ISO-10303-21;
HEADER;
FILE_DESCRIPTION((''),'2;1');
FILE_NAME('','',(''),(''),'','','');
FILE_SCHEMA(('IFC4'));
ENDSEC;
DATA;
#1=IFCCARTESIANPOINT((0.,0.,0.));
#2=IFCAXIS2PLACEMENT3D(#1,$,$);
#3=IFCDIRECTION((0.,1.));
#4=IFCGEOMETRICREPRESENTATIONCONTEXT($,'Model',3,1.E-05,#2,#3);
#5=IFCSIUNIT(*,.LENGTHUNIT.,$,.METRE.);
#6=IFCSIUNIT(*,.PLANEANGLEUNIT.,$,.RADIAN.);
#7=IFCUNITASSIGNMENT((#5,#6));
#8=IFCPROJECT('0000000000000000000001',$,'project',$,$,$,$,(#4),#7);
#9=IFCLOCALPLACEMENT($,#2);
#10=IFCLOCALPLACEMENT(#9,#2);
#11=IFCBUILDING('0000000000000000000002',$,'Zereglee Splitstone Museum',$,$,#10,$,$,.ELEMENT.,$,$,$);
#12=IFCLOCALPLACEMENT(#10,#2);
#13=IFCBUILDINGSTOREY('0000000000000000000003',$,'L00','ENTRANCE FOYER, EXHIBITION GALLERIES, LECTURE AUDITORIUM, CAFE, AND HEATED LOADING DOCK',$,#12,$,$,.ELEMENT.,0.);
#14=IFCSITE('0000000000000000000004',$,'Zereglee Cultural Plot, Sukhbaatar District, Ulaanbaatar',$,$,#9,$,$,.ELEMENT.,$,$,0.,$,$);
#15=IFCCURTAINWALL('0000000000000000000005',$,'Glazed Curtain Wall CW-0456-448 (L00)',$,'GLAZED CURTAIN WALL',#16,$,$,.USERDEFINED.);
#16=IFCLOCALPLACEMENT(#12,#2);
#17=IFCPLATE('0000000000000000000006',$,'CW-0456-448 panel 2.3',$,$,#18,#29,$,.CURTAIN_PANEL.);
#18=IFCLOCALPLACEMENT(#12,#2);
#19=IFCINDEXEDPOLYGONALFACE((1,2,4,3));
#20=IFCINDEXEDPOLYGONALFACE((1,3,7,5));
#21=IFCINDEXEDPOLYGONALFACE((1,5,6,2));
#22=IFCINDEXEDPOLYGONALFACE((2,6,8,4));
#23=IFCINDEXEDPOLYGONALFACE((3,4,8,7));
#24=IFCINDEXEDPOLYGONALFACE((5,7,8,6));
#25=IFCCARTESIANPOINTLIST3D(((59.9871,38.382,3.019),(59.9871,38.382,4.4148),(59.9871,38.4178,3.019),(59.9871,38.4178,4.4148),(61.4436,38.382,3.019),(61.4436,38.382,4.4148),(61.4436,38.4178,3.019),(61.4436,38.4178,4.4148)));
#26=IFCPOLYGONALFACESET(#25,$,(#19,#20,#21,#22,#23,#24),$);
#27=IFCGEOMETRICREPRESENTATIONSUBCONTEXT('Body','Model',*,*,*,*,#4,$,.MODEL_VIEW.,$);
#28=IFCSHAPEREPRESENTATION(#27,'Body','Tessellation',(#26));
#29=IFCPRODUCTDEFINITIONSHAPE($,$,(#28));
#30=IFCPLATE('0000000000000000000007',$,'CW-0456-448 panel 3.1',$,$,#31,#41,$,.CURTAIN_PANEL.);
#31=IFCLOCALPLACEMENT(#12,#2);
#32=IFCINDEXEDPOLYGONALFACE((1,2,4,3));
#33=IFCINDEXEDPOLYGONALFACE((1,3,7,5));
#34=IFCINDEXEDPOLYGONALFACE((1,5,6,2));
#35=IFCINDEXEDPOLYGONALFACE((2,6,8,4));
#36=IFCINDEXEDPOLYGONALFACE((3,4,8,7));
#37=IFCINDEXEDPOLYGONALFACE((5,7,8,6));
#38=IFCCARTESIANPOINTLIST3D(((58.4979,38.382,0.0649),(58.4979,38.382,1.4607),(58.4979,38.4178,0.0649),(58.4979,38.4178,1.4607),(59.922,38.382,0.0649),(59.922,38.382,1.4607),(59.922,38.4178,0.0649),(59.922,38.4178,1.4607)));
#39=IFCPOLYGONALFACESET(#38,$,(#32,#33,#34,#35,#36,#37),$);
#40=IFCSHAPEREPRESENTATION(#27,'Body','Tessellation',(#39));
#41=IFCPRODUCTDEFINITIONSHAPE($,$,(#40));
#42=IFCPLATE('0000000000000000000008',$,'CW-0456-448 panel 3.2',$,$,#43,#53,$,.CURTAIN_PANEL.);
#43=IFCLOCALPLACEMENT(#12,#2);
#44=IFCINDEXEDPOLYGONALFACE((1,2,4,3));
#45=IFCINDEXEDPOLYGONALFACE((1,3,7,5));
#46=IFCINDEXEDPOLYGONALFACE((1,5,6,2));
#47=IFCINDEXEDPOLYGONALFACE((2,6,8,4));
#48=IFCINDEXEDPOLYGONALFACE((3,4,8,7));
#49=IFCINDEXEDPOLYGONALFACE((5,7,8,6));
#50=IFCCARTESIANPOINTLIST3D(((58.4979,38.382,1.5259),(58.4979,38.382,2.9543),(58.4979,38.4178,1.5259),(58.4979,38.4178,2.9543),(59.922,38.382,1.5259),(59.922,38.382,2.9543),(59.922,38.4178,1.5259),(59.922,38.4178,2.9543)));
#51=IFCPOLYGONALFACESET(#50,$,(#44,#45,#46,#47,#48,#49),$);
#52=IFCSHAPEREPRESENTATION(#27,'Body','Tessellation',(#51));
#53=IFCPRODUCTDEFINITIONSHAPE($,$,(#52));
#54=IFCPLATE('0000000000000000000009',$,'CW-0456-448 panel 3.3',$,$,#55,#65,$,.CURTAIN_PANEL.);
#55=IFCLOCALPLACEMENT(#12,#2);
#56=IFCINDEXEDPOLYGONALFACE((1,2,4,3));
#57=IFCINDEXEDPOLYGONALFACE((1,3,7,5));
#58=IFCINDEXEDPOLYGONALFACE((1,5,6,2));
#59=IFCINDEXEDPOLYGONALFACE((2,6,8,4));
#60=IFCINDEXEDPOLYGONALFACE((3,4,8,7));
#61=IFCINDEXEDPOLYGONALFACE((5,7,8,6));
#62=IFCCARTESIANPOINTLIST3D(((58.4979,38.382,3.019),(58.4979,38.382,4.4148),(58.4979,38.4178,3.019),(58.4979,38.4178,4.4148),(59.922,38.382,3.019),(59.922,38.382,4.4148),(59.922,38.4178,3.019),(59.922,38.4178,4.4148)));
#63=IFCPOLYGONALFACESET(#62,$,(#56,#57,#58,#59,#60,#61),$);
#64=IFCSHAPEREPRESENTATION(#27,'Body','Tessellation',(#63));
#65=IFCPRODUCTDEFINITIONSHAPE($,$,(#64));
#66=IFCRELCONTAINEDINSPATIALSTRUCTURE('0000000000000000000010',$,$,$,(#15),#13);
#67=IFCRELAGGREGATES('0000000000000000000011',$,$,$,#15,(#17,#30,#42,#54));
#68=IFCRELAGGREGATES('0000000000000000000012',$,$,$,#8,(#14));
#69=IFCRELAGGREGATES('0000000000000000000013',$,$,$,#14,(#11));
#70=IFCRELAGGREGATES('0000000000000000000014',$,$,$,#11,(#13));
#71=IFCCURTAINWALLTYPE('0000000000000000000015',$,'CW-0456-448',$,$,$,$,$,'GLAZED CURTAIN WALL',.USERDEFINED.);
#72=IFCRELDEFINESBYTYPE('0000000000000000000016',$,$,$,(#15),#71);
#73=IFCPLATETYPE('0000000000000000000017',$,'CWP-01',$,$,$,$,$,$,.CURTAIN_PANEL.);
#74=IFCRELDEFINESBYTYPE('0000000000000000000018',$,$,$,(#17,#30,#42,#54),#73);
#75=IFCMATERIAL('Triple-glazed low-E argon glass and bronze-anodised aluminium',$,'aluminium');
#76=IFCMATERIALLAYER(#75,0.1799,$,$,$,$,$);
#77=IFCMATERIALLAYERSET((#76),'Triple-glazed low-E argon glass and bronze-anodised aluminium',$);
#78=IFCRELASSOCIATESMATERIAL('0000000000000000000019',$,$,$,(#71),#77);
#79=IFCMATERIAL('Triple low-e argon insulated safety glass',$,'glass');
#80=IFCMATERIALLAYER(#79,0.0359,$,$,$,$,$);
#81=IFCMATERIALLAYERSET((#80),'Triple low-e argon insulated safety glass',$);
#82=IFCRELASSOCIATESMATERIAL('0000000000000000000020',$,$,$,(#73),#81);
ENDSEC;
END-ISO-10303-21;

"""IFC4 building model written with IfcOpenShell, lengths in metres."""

from ifc_helpers import new_model, si_unit, direction, frame, origin, origin_2d, place, context, subcontext, project, spatial, rectangle, extrude, material, layer, layer_set, type_object, element, aggregate, save


model = new_model("IFC4")

# Units and contexts
model_context = context("Model", 3, precision=1e-05, world=origin(), true_north=direction((0.0, 1.0)))
body_context = subcontext(model_context, "Body", "Model", "MODEL_VIEW")
ifc_project = project(units=[si_unit("LENGTHUNIT", "METRE"), si_unit("PLANEANGLEUNIT", "RADIAN")], contexts=[model_context])

# Site, building, storey
site_placement = place(None, origin())
site = spatial("IfcSite", under=ifc_project, at=site_placement, Name="Zereglee Cultural Plot, Sukhbaatar District, Ulaanbaatar", CompositionType="ELEMENT", RefElevation=0.0)
building_placement = place(site_placement, origin())
building = spatial("IfcBuilding", under=site, at=building_placement, Name="Zereglee Splitstone Museum", CompositionType="ELEMENT")
storey_placement = place(building_placement, origin())
storey = spatial("IfcBuildingStorey", under=building, at=storey_placement, Name="L00", Description="ENTRANCE FOYER, EXHIBITION GALLERIES, LECTURE AUDITORIUM, CAFE, AND HEATED LOADING DOCK", CompositionType="ELEMENT", Elevation=0.0)

# Curtain wall
ifc_material_1 = material(Name="Triple-glazed low-E argon glass and bronze-anodised aluminium", Category="aluminium")
ifc_layer_1 = layer(ifc_material_1, 0.1799)
ifc_layer_set_1 = layer_set([ifc_layer_1], Name="Triple-glazed low-E argon glass and bronze-anodised aluminium")
curtain_wall_type_1 = type_object("IfcCurtainWallType", Name="CW-0456-448", ElementType="GLAZED CURTAIN WALL", PredefinedType="USERDEFINED", material=ifc_layer_set_1)
curtain_wall_1_placement = place(storey_placement, origin())
curtain_wall_1 = element("IfcCurtainWall", 1, at=curtain_wall_1_placement, inside=storey, type_object=curtain_wall_type_1, Name="Glazed Curtain Wall CW-0456-448 (L00)", ObjectType="GLAZED CURTAIN WALL", PredefinedType="USERDEFINED")

# Plates
ifc_material_2 = material(Name="Triple low-e argon insulated safety glass", Category="glass")
ifc_layer_2 = layer(ifc_material_2, 0.0359)
ifc_layer_set_2 = layer_set([ifc_layer_2], Name="Triple low-e argon insulated safety glass")
plate_type = type_object("IfcPlateType", Name="CWP-01", PredefinedType="CURTAIN_PANEL", material=ifc_layer_set_2)
plate_1_placement = place(storey_placement, frame((60.7153, 38.3999, 3.019), z_axis=(0.0, 0.0, 1.0), x_axis=(-1.0, 0.0, 0.0)))
plate_1 = element("IfcPlate", 2, at=plate_1_placement, type_object=plate_type, Name="CW-0456-448 panel 2.3", PredefinedType="CURTAIN_PANEL", context=body_context, shape_type="SweptSolid", body=[
    extrude(rectangle(XDim=1.4565, YDim=0.0359, at=origin_2d()), origin(), (0.0, 0.0, 1.0), 1.3958),
])
plate_2_placement = place(storey_placement, frame((59.21, 38.3999, 0.0649), z_axis=(0.0, 0.0, 1.0), x_axis=(-1.0, 0.0, 0.0)))
plate_2 = element("IfcPlate", 3, at=plate_2_placement, type_object=plate_type, Name="CW-0456-448 panel 3.1", PredefinedType="CURTAIN_PANEL", context=body_context, shape_type="SweptSolid", body=[
    extrude(rectangle(XDim=1.4241, YDim=0.0359, at=origin_2d()), origin(), (0.0, 0.0, 1.0), 1.3958),
])
plate_3_placement = place(storey_placement, frame((59.21, 38.3999, 1.5259), z_axis=(0.0, 0.0, 1.0), x_axis=(-1.0, 0.0, 0.0)))
plate_3 = element("IfcPlate", 4, at=plate_3_placement, type_object=plate_type, Name="CW-0456-448 panel 3.2", PredefinedType="CURTAIN_PANEL", context=body_context, shape_type="SweptSolid", body=[
    extrude(rectangle(XDim=1.4241, YDim=0.0359, at=origin_2d()), origin(), (0.0, 0.0, 1.0), 1.4285),
])
plate_4_placement = place(storey_placement, frame((59.21, 38.3999, 3.019), z_axis=(0.0, 0.0, 1.0), x_axis=(-1.0, 0.0, 0.0)))
plate_4 = element("IfcPlate", 5, at=plate_4_placement, type_object=plate_type, Name="CW-0456-448 panel 3.3", PredefinedType="CURTAIN_PANEL", context=body_context, shape_type="SweptSolid", body=[
    extrude(rectangle(XDim=1.4241, YDim=0.0359, at=origin_2d()), origin(), (0.0, 0.0, 1.0), 1.3958),
])
aggregate(curtain_wall_1, [plate_1, plate_2, plate_3, plate_4])

save(model, "model.ifc")
